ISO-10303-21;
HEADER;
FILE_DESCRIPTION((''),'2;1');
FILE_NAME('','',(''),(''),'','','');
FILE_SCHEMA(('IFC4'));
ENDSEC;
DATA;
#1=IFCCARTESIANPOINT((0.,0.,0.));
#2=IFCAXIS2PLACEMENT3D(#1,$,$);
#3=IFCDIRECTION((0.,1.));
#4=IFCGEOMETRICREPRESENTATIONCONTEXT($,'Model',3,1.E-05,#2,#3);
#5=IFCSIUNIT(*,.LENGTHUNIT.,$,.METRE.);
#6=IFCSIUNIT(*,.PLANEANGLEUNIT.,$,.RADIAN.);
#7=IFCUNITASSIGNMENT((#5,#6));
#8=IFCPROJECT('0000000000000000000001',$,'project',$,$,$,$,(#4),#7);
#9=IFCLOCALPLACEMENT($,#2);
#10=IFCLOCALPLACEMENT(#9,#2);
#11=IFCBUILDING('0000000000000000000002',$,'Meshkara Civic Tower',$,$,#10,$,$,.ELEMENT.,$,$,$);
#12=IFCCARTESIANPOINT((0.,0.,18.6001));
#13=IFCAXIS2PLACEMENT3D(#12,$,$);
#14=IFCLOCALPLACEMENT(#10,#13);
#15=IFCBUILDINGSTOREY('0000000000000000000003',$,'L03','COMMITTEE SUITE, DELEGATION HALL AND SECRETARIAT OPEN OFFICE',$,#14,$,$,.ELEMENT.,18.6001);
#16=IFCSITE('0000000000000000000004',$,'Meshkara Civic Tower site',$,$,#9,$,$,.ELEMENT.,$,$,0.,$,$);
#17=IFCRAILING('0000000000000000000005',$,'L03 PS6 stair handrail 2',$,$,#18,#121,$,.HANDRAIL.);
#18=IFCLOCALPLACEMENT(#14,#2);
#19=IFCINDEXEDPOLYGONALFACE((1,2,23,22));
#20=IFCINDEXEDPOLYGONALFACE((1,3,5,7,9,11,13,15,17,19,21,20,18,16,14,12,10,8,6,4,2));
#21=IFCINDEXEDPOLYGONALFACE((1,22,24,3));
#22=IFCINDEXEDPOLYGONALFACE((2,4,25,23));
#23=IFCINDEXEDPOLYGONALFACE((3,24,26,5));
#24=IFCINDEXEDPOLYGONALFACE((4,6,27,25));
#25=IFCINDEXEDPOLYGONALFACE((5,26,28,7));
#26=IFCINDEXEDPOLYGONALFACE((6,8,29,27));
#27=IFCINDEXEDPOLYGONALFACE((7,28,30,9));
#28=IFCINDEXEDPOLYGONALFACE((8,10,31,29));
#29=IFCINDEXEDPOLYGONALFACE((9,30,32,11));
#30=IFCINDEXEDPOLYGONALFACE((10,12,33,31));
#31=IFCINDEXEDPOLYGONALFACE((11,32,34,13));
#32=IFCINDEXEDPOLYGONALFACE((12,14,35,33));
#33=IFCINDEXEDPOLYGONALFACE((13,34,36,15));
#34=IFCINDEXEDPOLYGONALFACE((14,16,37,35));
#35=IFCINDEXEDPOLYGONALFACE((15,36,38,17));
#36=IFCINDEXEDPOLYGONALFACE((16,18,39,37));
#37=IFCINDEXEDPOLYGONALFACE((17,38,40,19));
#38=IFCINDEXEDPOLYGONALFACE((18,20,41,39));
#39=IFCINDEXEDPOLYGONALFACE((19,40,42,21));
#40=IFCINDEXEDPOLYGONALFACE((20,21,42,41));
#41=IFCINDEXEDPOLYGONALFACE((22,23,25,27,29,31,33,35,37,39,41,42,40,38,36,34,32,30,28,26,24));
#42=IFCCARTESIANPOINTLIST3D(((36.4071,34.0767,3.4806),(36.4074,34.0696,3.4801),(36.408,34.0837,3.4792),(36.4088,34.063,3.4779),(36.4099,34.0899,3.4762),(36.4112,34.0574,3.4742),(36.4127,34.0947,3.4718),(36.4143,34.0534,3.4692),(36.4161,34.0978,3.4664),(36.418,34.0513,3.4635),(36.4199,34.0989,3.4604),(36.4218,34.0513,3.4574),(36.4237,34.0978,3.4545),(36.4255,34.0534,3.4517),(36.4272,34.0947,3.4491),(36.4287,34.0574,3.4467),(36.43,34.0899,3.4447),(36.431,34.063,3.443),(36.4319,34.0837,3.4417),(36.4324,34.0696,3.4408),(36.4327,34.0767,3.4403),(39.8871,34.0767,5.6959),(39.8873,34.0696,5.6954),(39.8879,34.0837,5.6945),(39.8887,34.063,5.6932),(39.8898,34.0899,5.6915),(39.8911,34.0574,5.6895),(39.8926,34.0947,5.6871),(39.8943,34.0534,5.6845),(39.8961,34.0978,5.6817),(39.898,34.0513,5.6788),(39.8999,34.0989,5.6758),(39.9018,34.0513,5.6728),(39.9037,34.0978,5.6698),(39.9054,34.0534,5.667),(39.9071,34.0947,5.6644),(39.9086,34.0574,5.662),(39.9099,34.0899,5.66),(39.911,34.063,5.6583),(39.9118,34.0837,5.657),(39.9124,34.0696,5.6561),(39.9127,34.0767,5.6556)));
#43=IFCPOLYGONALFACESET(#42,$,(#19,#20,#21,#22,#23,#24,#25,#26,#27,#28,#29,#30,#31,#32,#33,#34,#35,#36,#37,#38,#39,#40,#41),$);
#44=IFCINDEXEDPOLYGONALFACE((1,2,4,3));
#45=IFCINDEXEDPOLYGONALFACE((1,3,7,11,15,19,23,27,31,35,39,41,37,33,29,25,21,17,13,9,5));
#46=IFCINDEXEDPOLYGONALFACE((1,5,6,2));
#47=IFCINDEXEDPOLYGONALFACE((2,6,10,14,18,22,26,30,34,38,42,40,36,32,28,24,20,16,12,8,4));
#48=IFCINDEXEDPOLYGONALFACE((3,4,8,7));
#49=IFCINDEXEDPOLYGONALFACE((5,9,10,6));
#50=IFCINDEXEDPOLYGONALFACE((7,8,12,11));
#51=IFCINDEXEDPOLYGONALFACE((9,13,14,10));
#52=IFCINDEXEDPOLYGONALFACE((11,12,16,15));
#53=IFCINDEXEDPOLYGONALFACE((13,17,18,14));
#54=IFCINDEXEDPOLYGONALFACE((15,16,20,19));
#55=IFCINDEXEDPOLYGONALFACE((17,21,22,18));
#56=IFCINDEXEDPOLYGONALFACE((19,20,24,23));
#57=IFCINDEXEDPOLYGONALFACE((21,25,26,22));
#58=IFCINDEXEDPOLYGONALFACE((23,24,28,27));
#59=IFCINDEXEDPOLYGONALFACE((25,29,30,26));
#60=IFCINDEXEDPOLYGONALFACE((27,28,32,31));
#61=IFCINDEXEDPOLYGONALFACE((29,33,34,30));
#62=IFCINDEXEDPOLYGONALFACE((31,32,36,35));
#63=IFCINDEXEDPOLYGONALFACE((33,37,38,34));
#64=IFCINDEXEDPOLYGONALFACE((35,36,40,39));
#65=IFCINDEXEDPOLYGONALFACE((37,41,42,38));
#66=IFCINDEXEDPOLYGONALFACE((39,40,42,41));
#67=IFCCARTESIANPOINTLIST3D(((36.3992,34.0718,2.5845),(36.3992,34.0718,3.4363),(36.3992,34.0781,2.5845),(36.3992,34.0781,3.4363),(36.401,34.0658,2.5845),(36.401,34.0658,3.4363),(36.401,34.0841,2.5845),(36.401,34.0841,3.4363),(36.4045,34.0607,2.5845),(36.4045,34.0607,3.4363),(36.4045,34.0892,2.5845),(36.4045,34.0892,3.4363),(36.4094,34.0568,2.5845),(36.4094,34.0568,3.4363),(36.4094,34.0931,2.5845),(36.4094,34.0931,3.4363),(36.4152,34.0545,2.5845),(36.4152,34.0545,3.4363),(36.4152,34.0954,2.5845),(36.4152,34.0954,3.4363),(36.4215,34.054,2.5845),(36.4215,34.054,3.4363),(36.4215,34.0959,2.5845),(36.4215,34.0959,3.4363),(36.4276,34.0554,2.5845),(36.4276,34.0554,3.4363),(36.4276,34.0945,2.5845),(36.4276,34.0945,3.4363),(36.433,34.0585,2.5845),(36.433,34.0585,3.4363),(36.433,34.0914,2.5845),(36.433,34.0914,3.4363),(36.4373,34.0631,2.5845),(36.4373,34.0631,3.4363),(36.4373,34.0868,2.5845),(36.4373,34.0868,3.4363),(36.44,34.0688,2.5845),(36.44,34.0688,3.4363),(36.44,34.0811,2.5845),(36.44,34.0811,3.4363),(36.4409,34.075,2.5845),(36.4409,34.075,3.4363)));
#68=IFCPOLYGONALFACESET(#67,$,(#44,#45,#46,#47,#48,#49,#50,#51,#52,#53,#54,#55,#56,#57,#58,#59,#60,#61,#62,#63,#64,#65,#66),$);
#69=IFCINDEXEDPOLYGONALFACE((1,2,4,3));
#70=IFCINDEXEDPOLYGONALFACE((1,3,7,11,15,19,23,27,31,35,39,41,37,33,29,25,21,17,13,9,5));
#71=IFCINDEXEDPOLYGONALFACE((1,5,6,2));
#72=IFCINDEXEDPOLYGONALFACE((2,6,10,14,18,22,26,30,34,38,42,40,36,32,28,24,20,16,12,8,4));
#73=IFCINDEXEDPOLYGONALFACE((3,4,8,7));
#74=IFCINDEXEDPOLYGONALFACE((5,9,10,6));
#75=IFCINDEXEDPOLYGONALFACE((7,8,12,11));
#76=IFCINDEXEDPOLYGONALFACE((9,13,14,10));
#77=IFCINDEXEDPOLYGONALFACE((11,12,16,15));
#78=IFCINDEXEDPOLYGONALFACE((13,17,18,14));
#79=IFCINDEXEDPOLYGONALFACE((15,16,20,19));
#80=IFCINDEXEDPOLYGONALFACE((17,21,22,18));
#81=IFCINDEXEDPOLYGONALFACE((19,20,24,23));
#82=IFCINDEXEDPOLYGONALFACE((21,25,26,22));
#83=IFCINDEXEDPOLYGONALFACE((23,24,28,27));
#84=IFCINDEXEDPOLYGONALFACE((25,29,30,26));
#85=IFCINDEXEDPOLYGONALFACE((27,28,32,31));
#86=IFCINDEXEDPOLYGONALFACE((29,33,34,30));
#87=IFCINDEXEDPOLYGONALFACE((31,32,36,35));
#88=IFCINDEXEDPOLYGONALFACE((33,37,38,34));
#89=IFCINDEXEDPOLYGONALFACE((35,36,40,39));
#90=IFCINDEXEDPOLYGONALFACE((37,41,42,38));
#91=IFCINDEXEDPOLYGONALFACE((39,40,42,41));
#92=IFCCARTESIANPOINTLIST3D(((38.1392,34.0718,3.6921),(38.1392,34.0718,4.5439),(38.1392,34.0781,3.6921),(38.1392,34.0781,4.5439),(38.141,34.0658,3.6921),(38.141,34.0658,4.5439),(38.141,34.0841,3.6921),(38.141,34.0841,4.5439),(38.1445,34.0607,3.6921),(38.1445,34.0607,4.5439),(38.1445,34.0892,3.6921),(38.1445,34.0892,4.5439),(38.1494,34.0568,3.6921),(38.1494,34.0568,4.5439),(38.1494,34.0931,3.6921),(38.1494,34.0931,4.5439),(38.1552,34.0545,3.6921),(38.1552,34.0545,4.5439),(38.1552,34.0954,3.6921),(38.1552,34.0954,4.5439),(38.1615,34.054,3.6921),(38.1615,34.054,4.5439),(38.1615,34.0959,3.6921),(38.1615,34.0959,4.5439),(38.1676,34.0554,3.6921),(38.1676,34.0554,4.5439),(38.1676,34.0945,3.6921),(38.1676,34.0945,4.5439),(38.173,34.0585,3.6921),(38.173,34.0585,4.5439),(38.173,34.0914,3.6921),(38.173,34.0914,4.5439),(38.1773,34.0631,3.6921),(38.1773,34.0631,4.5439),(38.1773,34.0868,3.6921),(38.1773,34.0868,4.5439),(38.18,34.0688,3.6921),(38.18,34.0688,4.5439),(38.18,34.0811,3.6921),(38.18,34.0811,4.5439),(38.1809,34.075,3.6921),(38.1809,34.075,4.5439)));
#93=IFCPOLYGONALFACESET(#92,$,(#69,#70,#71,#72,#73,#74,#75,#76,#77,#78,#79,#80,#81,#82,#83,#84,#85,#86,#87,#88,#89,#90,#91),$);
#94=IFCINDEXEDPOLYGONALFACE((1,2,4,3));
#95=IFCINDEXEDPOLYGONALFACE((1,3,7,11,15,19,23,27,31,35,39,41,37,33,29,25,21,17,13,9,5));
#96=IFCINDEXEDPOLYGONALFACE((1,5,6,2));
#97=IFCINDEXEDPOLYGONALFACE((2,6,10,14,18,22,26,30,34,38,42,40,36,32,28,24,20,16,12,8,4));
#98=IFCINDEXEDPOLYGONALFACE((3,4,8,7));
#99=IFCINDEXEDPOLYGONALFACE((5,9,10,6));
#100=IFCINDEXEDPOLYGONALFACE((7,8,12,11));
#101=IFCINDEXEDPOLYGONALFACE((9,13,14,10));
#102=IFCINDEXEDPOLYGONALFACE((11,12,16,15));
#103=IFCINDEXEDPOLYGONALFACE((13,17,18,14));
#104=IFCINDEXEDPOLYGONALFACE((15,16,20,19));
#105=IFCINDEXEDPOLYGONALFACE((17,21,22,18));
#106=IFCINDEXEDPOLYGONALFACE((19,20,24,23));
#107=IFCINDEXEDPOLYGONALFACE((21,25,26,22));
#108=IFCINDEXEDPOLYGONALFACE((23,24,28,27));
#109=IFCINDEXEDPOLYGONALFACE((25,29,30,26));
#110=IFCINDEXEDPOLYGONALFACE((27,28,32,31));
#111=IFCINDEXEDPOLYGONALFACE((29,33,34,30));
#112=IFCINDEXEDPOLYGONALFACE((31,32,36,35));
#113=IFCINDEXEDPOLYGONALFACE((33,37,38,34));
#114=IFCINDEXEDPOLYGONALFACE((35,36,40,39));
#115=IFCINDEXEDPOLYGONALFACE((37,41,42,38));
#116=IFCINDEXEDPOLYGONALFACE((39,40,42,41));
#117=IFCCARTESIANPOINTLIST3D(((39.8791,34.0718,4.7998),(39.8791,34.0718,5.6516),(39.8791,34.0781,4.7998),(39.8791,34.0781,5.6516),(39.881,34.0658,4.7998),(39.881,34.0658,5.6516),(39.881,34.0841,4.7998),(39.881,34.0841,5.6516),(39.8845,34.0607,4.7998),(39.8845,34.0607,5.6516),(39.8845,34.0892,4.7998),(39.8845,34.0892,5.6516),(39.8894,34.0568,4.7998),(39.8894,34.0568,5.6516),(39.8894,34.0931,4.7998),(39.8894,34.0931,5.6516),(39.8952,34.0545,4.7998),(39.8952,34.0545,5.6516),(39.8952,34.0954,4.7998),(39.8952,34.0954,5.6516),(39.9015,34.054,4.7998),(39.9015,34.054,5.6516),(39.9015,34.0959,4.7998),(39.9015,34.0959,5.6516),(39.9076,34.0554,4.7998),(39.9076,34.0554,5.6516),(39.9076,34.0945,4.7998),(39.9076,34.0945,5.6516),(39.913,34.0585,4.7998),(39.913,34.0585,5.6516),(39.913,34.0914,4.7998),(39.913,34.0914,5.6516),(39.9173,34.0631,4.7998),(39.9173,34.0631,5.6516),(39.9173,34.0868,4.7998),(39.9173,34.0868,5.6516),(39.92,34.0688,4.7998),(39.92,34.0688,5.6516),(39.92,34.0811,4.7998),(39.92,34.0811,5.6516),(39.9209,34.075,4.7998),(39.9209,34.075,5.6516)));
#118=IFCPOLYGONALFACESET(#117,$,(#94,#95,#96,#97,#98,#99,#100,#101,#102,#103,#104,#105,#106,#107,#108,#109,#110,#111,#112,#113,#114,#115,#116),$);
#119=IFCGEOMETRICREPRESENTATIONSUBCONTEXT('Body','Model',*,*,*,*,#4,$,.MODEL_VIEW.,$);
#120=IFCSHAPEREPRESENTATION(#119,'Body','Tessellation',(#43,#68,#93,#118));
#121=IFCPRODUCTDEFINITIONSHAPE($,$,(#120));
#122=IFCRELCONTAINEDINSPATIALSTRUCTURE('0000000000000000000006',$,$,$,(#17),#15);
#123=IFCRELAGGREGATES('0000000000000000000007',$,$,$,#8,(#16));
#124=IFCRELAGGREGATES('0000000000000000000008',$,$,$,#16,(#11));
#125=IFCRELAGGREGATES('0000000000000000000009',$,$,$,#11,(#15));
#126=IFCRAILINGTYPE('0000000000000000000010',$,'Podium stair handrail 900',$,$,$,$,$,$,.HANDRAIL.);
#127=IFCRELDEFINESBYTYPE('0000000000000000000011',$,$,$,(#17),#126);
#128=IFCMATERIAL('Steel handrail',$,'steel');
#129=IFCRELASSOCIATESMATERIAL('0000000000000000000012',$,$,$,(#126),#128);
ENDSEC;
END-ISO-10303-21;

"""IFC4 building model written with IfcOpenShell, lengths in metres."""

from ifc_helpers import new_model, si_unit, direction, frame, origin, origin_2d, place, context, subcontext, project, spatial, circle, extrude, material, type_object, element, save


model = new_model("IFC4")

# Units and contexts
model_context = context("Model", 3, precision=1e-05, world=origin(), true_north=direction((0.0, 1.0)))
body_context = subcontext(model_context, "Body", "Model", "MODEL_VIEW")
ifc_project = project(units=[si_unit("LENGTHUNIT", "METRE"), si_unit("PLANEANGLEUNIT", "RADIAN")], contexts=[model_context])

# Site, building, storey
site_placement = place(None, origin())
site = spatial("IfcSite", under=ifc_project, at=site_placement, Name="Meshkara Civic Tower site", CompositionType="ELEMENT", RefElevation=0.0)
building_placement = place(site_placement, origin())
building = spatial("IfcBuilding", under=site, at=building_placement, Name="Meshkara Civic Tower", CompositionType="ELEMENT")
storey_placement = place(building_placement, frame((0.0, 0.0, 18.6001)))
storey = spatial("IfcBuildingStorey", under=building, at=storey_placement, Name="L03", Description="COMMITTEE SUITE, DELEGATION HALL AND SECRETARIAT OPEN OFFICE", CompositionType="ELEMENT", Elevation=18.6001)

# Railing
ifc_material_1 = material(Name="Steel handrail", Category="steel")
railing_type_1 = type_object("IfcRailingType", Name="Podium stair handrail 900", PredefinedType="HANDRAIL", material=ifc_material_1)
railing_1_placement = place(storey_placement, frame((36.4199, 34.075, 2.5845)))
element("IfcRailing", 1, at=railing_1_placement, inside=storey, type_object=railing_type_1, Name="L03 PS6 stair handrail 2", PredefinedType="HANDRAIL", context=body_context, shape_type="SweptSolid", body=[
    extrude(circle(Radius=0.0239, at=origin_2d()), frame((0.0, 0.0, 0.876), z_axis=(0.843574, 0.0, 0.537013), x_axis=(0.0, 1.0, 0.0)), (0.0, 0.0, 1.0), 4.1252),
    extrude(circle(Radius=0.021, at=origin_2d()), origin(), (0.0, 0.0, 1.0), 0.8518),
    extrude(circle(Radius=0.021, at=origin_2d()), frame((1.74, 0.0, 1.1077)), (0.0, 0.0, 1.0), 0.8518),
    extrude(circle(Radius=0.021, at=origin_2d()), frame((3.48, 0.0, 2.2153)), (0.0, 0.0, 1.0), 0.8518),
])

save(model, "model.ifc")
